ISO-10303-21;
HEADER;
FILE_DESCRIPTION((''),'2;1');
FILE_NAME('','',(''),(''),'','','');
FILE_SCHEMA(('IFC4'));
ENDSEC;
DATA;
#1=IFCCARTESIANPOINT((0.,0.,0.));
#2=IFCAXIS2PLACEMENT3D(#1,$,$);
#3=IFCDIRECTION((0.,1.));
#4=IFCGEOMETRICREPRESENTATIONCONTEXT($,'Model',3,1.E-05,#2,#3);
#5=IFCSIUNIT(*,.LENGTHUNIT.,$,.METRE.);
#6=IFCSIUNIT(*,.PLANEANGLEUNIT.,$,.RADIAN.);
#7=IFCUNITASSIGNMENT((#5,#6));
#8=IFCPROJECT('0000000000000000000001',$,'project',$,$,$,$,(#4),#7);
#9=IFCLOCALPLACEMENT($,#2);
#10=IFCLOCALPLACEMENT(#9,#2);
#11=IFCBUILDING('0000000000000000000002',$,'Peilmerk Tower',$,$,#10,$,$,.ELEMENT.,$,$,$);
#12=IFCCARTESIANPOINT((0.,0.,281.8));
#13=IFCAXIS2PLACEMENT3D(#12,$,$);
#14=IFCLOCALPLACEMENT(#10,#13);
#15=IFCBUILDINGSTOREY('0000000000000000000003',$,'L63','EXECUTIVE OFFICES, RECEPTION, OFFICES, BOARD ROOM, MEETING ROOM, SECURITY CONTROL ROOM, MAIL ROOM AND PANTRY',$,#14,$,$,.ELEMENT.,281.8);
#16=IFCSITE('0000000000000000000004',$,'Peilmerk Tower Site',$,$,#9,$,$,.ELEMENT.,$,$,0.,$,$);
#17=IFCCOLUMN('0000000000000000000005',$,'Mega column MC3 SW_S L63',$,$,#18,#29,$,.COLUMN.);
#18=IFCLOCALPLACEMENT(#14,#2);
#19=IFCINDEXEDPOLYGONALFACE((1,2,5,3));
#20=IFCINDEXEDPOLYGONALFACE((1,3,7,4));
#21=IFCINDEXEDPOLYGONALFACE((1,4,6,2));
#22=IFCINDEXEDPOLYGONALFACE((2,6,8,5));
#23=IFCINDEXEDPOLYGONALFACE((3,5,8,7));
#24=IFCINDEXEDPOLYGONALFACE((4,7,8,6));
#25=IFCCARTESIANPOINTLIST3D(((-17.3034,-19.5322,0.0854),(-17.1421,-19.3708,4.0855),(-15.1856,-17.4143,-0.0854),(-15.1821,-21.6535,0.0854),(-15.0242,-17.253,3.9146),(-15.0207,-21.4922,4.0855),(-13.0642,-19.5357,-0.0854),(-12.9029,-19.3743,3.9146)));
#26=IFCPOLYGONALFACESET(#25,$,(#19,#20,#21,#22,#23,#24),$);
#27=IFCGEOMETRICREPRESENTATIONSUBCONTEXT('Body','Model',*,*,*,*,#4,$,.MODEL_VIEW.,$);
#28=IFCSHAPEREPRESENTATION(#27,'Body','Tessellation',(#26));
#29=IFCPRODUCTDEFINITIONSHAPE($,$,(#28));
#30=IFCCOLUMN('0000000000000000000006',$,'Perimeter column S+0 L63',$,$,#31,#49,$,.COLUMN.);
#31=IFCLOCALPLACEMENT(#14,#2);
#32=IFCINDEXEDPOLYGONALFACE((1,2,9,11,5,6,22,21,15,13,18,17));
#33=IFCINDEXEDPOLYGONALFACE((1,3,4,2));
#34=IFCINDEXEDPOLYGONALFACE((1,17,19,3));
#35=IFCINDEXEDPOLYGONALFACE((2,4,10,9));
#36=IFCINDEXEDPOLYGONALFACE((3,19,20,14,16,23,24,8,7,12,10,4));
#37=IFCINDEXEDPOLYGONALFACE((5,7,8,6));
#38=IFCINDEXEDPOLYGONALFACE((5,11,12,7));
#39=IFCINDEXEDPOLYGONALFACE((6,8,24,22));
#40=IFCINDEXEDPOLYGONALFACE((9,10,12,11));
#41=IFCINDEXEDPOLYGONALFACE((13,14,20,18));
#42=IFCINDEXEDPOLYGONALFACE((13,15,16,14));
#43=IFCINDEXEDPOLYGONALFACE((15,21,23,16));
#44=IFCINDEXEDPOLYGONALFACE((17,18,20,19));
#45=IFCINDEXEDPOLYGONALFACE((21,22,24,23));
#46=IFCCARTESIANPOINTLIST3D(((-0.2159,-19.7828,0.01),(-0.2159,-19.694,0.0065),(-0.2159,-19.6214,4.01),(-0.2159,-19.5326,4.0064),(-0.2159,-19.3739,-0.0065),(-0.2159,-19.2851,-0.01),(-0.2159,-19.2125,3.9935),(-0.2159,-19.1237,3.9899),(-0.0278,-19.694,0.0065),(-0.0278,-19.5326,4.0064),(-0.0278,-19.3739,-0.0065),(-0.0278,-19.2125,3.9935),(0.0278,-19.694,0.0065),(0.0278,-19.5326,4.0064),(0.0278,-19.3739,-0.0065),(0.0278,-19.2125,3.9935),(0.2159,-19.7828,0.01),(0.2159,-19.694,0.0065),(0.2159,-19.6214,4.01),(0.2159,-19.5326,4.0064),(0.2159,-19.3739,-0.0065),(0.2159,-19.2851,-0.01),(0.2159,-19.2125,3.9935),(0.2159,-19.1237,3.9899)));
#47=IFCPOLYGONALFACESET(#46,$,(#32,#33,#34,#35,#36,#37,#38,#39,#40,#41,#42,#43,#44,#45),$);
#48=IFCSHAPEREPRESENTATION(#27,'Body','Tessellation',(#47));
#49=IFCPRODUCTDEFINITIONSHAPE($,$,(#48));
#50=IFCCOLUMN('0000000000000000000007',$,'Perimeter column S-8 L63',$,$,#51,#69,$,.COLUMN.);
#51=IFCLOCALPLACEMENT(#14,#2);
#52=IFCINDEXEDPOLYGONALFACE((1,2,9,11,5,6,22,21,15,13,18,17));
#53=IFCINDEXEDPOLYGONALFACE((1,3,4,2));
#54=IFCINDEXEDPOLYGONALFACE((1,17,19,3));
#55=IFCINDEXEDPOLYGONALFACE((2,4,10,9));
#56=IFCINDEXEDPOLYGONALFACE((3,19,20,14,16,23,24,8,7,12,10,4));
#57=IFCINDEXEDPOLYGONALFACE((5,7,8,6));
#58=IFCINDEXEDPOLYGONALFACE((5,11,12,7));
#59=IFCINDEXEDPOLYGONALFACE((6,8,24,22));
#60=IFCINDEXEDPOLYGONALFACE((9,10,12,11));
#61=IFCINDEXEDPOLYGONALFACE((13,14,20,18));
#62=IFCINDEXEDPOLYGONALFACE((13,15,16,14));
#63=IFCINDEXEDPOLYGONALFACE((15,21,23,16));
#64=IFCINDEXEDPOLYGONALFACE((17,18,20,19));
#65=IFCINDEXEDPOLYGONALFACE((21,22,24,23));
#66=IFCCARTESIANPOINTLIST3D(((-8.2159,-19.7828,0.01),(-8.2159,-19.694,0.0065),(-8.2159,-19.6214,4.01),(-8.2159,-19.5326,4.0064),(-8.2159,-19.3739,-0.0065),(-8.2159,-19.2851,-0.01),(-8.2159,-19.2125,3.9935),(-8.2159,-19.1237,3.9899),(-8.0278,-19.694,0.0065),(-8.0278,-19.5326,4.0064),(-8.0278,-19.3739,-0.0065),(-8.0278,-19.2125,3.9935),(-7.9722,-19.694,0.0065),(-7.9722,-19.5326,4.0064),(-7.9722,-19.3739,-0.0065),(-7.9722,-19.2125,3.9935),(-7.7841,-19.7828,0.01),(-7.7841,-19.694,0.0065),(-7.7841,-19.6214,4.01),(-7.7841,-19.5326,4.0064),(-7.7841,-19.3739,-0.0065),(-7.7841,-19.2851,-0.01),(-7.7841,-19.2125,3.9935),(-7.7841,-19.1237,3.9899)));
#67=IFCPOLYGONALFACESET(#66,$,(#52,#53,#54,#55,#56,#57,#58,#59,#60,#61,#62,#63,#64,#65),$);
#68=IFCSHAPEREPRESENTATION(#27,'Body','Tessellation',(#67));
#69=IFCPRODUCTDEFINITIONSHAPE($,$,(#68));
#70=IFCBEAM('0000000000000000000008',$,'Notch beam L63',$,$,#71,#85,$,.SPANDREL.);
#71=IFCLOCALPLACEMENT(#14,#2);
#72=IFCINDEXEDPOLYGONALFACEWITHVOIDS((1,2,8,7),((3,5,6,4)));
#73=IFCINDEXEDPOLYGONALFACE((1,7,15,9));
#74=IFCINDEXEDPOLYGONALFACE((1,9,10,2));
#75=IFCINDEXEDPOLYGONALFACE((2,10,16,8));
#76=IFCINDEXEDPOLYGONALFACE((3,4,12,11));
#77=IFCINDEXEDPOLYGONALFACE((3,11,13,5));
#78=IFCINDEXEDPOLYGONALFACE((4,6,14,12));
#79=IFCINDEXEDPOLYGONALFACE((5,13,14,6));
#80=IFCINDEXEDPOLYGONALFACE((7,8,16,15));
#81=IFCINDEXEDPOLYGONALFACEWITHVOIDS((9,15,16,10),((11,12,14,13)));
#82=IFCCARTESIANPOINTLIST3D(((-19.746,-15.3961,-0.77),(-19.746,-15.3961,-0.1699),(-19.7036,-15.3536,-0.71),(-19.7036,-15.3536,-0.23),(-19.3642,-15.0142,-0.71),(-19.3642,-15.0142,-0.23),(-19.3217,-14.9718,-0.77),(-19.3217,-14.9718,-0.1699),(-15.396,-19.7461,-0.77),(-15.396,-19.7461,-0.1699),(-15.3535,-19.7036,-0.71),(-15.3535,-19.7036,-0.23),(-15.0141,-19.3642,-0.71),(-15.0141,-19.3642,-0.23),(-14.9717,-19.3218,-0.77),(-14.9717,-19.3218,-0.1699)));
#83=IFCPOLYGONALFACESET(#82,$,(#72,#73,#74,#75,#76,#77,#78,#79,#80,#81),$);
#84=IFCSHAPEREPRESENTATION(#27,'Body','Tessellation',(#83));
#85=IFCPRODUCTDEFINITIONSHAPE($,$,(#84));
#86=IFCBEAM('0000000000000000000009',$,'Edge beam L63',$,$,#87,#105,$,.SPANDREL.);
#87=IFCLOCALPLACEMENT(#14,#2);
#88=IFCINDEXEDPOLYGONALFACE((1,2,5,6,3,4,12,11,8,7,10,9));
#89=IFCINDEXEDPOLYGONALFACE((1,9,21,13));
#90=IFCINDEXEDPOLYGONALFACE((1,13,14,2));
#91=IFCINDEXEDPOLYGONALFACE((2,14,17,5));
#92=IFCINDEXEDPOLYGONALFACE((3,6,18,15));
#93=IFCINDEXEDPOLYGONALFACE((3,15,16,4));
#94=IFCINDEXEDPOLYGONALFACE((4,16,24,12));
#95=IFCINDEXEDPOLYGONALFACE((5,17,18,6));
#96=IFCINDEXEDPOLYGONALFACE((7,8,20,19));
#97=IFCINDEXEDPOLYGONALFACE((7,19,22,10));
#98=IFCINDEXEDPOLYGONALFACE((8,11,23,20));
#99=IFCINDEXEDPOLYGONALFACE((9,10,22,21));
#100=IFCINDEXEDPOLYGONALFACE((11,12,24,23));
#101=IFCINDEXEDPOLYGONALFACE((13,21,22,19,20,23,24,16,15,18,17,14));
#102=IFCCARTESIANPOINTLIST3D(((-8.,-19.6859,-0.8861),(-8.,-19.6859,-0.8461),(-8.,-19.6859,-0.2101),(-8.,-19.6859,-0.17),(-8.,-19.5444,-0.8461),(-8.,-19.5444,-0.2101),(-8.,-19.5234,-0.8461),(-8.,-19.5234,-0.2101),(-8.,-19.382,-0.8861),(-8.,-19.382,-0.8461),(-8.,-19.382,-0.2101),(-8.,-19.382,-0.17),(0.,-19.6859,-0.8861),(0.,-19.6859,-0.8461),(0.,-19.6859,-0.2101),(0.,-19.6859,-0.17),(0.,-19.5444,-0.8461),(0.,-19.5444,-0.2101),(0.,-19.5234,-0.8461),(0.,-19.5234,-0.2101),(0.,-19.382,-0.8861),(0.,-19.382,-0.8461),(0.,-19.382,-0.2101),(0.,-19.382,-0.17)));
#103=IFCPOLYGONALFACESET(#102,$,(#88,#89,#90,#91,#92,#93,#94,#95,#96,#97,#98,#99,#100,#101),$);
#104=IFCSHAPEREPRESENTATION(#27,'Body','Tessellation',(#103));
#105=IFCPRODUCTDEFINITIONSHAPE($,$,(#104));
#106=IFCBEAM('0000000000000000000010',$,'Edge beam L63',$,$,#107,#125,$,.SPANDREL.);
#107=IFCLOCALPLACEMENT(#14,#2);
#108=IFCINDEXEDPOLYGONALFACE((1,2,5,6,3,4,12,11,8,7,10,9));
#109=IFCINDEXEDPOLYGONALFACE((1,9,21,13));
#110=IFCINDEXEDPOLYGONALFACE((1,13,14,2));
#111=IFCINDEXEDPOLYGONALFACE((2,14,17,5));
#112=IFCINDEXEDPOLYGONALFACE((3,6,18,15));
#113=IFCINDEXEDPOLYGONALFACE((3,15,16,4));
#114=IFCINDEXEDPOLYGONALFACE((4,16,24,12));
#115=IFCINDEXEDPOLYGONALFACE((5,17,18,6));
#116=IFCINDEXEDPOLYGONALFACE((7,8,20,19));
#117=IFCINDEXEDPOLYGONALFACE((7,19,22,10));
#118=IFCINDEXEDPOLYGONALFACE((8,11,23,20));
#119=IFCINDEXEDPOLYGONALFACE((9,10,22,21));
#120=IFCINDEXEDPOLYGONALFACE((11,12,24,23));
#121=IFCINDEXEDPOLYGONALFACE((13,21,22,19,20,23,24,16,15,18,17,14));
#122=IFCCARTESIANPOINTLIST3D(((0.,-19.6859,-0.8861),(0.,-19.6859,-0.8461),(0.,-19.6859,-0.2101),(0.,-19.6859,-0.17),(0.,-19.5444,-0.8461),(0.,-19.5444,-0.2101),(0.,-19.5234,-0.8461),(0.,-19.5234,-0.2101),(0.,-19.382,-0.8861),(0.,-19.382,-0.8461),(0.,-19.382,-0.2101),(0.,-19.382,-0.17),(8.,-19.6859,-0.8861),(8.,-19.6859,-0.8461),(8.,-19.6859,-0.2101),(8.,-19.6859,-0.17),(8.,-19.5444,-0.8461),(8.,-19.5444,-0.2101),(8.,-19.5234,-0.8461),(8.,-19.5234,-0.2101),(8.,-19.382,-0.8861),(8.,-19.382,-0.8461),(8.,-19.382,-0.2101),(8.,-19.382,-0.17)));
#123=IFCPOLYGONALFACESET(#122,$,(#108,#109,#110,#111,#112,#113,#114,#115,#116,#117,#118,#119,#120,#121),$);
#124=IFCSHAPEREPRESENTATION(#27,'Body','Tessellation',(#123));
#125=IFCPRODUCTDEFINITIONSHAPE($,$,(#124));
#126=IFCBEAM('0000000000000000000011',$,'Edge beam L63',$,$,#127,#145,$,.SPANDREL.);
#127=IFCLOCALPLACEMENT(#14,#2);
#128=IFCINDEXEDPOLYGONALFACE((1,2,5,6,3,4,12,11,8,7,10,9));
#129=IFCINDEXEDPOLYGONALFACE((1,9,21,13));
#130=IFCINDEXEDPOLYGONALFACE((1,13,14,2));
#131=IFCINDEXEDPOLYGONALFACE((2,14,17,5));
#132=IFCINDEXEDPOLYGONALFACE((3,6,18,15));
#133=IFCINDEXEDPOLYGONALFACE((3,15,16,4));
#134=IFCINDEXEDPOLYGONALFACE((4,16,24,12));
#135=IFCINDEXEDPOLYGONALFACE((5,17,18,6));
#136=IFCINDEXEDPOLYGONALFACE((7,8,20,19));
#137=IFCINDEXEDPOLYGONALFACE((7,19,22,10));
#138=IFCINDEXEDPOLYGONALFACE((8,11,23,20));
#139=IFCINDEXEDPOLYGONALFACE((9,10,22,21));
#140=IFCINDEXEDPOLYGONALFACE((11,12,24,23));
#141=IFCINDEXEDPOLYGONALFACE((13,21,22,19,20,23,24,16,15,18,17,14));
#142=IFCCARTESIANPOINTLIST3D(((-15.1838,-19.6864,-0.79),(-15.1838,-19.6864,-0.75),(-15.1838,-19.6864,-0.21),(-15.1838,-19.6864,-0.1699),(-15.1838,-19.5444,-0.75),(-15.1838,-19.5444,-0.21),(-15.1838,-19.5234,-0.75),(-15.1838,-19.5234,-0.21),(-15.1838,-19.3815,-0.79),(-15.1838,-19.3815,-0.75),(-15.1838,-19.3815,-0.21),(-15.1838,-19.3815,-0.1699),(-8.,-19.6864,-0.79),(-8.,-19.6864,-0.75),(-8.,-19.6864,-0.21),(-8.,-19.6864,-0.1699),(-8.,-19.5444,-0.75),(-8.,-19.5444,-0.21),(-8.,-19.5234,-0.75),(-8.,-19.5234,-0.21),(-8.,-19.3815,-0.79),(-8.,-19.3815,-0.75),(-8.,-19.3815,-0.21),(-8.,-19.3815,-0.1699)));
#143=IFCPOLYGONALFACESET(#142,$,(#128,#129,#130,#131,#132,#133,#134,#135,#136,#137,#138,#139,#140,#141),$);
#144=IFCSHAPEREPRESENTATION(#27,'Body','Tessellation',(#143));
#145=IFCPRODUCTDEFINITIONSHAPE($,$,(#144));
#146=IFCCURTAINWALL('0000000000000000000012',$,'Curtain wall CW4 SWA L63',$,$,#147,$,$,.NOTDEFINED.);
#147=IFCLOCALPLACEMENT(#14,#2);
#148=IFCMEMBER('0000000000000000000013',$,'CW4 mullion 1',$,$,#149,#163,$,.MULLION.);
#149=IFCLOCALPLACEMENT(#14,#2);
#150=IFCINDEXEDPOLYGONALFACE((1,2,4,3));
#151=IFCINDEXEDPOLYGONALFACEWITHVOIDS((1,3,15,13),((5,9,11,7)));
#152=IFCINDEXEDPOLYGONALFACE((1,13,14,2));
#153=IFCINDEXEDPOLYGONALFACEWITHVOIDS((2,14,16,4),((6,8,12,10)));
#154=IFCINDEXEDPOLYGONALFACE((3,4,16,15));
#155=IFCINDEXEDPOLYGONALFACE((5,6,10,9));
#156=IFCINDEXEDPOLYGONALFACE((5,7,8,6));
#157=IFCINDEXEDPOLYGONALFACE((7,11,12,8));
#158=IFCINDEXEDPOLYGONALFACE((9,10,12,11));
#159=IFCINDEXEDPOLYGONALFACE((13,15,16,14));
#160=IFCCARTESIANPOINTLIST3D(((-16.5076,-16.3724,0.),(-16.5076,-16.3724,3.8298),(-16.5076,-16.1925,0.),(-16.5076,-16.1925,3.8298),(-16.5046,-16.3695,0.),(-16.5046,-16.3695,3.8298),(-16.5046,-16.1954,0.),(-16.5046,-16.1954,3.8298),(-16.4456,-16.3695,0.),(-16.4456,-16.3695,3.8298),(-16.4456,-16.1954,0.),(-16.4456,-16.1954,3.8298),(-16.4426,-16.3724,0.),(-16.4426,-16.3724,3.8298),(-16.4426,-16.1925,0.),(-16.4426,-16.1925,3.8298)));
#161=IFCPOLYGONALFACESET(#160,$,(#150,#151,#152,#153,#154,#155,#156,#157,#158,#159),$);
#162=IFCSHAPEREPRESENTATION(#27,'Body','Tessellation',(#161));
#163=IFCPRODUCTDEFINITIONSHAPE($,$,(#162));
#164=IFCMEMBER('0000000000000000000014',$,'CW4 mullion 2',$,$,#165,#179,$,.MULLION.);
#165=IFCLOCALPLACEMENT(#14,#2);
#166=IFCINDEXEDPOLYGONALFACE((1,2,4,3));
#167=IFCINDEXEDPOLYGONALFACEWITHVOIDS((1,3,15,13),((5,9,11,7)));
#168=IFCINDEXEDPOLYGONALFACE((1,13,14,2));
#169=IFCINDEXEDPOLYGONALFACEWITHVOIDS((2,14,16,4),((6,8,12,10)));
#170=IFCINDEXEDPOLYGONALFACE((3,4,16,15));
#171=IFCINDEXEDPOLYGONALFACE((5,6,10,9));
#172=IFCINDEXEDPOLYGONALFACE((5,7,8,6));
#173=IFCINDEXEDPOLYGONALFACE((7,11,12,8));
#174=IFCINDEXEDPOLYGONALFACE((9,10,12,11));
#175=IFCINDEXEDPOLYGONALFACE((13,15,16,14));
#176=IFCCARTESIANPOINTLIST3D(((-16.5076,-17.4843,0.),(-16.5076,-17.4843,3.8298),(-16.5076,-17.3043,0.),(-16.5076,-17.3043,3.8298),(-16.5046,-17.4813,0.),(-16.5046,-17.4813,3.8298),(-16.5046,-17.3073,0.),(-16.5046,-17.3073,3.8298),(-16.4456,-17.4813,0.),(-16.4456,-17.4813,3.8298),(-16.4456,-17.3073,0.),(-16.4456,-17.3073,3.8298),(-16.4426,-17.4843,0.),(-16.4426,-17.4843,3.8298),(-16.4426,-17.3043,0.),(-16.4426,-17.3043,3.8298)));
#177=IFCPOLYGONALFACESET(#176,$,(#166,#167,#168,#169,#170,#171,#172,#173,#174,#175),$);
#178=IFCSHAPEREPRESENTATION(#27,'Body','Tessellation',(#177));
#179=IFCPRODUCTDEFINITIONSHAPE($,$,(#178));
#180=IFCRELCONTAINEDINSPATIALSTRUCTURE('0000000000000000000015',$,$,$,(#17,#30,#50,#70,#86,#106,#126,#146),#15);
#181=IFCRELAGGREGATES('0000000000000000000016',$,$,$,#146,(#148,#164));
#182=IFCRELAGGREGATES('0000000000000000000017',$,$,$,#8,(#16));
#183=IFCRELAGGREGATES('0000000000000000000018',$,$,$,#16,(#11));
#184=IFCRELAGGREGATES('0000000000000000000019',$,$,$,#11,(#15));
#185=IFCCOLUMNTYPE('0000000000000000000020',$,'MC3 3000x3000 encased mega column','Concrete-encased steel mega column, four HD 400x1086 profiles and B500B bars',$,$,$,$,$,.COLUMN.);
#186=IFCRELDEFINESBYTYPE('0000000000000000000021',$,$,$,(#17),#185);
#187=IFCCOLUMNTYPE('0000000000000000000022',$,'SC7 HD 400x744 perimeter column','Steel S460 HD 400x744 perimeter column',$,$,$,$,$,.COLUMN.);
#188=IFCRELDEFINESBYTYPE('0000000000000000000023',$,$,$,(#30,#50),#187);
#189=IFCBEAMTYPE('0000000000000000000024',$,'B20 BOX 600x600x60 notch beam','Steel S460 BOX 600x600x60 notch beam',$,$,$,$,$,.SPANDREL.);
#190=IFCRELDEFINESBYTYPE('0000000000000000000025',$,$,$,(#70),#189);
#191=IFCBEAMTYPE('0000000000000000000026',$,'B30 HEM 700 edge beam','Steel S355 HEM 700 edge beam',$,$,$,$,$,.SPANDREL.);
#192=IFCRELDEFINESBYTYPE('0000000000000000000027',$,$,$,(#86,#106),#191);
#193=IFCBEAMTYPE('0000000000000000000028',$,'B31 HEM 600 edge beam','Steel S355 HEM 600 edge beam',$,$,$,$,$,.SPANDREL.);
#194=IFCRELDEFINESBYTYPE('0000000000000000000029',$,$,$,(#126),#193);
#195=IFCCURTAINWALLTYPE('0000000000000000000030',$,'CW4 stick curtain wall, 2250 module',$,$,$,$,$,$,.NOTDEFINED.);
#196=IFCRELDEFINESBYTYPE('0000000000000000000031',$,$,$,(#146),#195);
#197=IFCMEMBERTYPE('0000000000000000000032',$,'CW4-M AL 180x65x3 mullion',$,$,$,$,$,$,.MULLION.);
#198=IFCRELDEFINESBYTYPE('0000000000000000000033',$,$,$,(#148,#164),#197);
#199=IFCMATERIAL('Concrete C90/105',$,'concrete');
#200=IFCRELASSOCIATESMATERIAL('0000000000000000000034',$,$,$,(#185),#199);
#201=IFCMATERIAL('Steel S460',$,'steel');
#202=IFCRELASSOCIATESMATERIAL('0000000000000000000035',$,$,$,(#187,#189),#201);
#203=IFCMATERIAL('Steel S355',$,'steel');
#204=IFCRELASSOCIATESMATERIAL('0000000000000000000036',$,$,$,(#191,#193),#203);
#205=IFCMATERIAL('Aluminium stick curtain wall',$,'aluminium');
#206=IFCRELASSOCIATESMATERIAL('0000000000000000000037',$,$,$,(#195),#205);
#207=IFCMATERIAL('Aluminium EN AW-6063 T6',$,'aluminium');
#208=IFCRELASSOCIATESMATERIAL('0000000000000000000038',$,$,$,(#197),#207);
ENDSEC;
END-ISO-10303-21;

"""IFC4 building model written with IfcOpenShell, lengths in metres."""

from ifc_helpers import new_model, si_unit, direction, frame, origin, origin_2d, place, context, subcontext, project, spatial, rectangle, hollow_rectangle, i_section, extrude, material, material_profile, profile_set, type_object, element, aggregate, save


model = new_model("IFC4")

# Units and contexts
model_context = context("Model", 3, precision=1e-05, world=origin(), true_north=direction((0.0, 1.0)))
body_context = subcontext(model_context, "Body", "Model", "MODEL_VIEW")
ifc_project = project(units=[si_unit("LENGTHUNIT", "METRE"), si_unit("PLANEANGLEUNIT", "RADIAN")], contexts=[model_context])

# Site, building, storey
site_placement = place(None, origin())
site = spatial("IfcSite", under=ifc_project, at=site_placement, Name="Peilmerk Tower Site", CompositionType="ELEMENT", RefElevation=0.0)
building_placement = place(site_placement, origin())
building = spatial("IfcBuilding", under=site, at=building_placement, Name="Peilmerk Tower", CompositionType="ELEMENT")
storey_placement = place(building_placement, frame((0.0, 0.0, 281.8)))
storey = spatial("IfcBuildingStorey", under=building, at=storey_placement, Name="L63", Description="EXECUTIVE OFFICES, RECEPTION, OFFICES, BOARD ROOM, MEETING ROOM, SECURITY CONTROL ROOM, MAIL ROOM AND PANTRY", CompositionType="ELEMENT", Elevation=281.8)

# Columns
ifc_material_1 = material(Name="Concrete C90/105", Category="concrete")
ifc_material_profile_1 = material_profile(ifc_material_1, rectangle(XDim=3.0, YDim=3.0, at=origin_2d()), Name="RC 3000x3000")
ifc_profile_set_1 = profile_set([ifc_material_profile_1], Name="Concrete C90/105")
column_type_1 = type_object("IfcColumnType", Name="MC3 3000x3000 encased mega column", Description="Concrete-encased steel mega column, four HD 400x1086 profiles and B500B bars", PredefinedType="COLUMN", material=ifc_profile_set_1)
column_placement = place(storey_placement, frame((-15.1838, -19.5339, 0.0), z_axis=(0.040279, 0.040279, 0.998376), x_axis=(-0.707107, 0.707107, 0.0)))
element("IfcColumn", 1, at=column_placement, inside=storey, type_object=column_type_1, Name="Mega column MC3 SW_S L63", PredefinedType="COLUMN", context=body_context, shape_type="SweptSolid", body=[
    extrude(rectangle(XDim=3.0, YDim=3.0, at=origin_2d()), origin(), (0.0, 0.0, 1.0), 4.0066),
])
ifc_material_2 = material(Name="Steel S460", Category="steel")
ifc_material_profile_2 = material_profile(ifc_material_2, i_section(OverallWidth=0.4319, OverallDepth=0.498, WebThickness=0.0557, FlangeThickness=0.0889, at=origin_2d()), Name="HD 400x744")
ifc_profile_set_2 = profile_set([ifc_material_profile_2], Name="Steel S460")
column_type_2 = type_object("IfcColumnType", Name="SC7 HD 400x744 perimeter column", Description="Steel S460 HD 400x744 perimeter column", PredefinedType="COLUMN", material=ifc_profile_set_2)
for number, where, z_axis, x_axis, name in (
    (2, (0.0, -19.5339, 0.0), (0.0, 0.040311, 0.999187), (-1.0, 0.0, 0.0), "Perimeter column S+0 L63"),
    (3, (-8.0, -19.5339, 0.0), (0.0, 0.040311, 0.999187), (-1.0, 0.0, 0.0), "Perimeter column S-8 L63"),
):
    element("IfcColumn", number, at=place(storey_placement, frame(where, z_axis=z_axis, x_axis=x_axis)), inside=storey, type_object=column_type_2, Name=name, PredefinedType="COLUMN", context=body_context, shape_type="SweptSolid", body=[
        extrude(i_section(OverallWidth=0.4319, OverallDepth=0.498, WebThickness=0.0557, FlangeThickness=0.0889, at=origin_2d()), origin(), (0.0, 0.0, 1.0), 4.0032),
    ])

# Beams
ifc_material_profile_3 = material_profile(ifc_material_2, hollow_rectangle(XDim=0.6001, YDim=0.6001, WallThickness=0.0601, at=origin_2d()), Name="BOX 600x600x60")
ifc_profile_set_3 = profile_set([ifc_material_profile_3], Name="Steel S460")
beam_type_1 = type_object("IfcBeamType", Name="B20 BOX 600x600x60 notch beam", Description="Steel S460 BOX 600x600x60 notch beam", PredefinedType="SPANDREL", material=ifc_profile_set_3)
beam_1_placement = place(storey_placement, frame((-15.1838, -19.5339, -0.47), z_axis=(-0.707107, 0.707107, 0.0), x_axis=(-0.707107, -0.707107, 0.0)))
element("IfcBeam", 4, at=beam_1_placement, inside=storey, type_object=beam_type_1, Name="Notch beam L63", PredefinedType="SPANDREL", context=body_context, shape_type="SweptSolid", body=[
    extrude(hollow_rectangle(XDim=0.6001, YDim=0.6001, WallThickness=0.0601, at=origin_2d()), origin(), (0.0, 0.0, 1.0), 6.1519),
])
ifc_material_3 = material(Name="Steel S355", Category="steel")
ifc_material_profile_4 = material_profile(ifc_material_3, i_section(OverallWidth=0.304, OverallDepth=0.7161, WebThickness=0.021, FlangeThickness=0.04, at=origin_2d()), Name="HEM 700")
ifc_profile_set_4 = profile_set([ifc_material_profile_4], Name="Steel S355")
beam_type_2 = type_object("IfcBeamType", Name="B30 HEM 700 edge beam", Description="Steel S355 HEM 700 edge beam", PredefinedType="SPANDREL", material=ifc_profile_set_4)
for number, where, z_axis, x_axis, name in (
    (5, (-8.0, -19.5339, -0.5281), (1.0, 0.0, 0.0), (0.0, 1.0, 0.0), "Edge beam L63"),
    (6, (0.0, -19.5339, -0.5281), (1.0, 0.0, 0.0), (0.0, 1.0, 0.0), "Edge beam L63"),
):
    element("IfcBeam", number, at=place(storey_placement, frame(where, z_axis=z_axis, x_axis=x_axis)), inside=storey, type_object=beam_type_2, Name=name, PredefinedType="SPANDREL", context=body_context, shape_type="SweptSolid", body=[
        extrude(i_section(OverallWidth=0.304, OverallDepth=0.7161, WebThickness=0.021, FlangeThickness=0.04, at=origin_2d()), origin(), (0.0, 0.0, 1.0), 8.0),
    ])
ifc_material_profile_5 = material_profile(ifc_material_3, i_section(OverallWidth=0.3049, OverallDepth=0.6201, WebThickness=0.021, FlangeThickness=0.04, at=origin_2d()), Name="HEM 600")
ifc_profile_set_5 = profile_set([ifc_material_profile_5], Name="Steel S355")
beam_type_3 = type_object("IfcBeamType", Name="B31 HEM 600 edge beam", Description="Steel S355 HEM 600 edge beam", PredefinedType="SPANDREL", material=ifc_profile_set_5)
beam_2_placement = place(storey_placement, frame((-15.1838, -19.5339, -0.48), z_axis=(1.0, 0.0, 0.0), x_axis=(0.0, 1.0, 0.0)))
element("IfcBeam", 7, at=beam_2_placement, inside=storey, type_object=beam_type_3, Name="Edge beam L63", PredefinedType="SPANDREL", context=body_context, shape_type="SweptSolid", body=[
    extrude(i_section(OverallWidth=0.3049, OverallDepth=0.6201, WebThickness=0.021, FlangeThickness=0.04, at=origin_2d()), origin(), (0.0, 0.0, 1.0), 7.1838),
])

# Curtain wall, members
ifc_material_4 = material(Name="Aluminium stick curtain wall", Category="aluminium")
curtain_wall_type = type_object("IfcCurtainWallType", Name="CW4 stick curtain wall, 2250 module", PredefinedType="NOTDEFINED", material=ifc_material_4)
curtain_wall_placement = place(storey_placement, origin())
curtain_wall = element("IfcCurtainWall", 8, at=curtain_wall_placement, inside=storey, type_object=curtain_wall_type, Name="Curtain wall CW4 SWA L63", PredefinedType="NOTDEFINED")
ifc_material_5 = material(Name="Aluminium EN AW-6063 T6", Category="aluminium")
ifc_material_profile_6 = material_profile(ifc_material_5, hollow_rectangle(XDim=0.0649, YDim=0.1799, WallThickness=0.0029, at=origin_2d()), Name="AL 180x65x3")
ifc_profile_set_6 = profile_set([ifc_material_profile_6], Name="Aluminium EN AW-6063 T6")
member_type_1 = type_object("IfcMemberType", Name="CW4-M AL 180x65x3 mullion", PredefinedType="MULLION", material=ifc_profile_set_6)
member_1_placement = place(storey_placement, frame((-16.4751, -16.2825, 0.0), z_axis=(0.0, 0.0, 1.0), x_axis=(1.0, 0.0, 0.0)))
member_1 = element("IfcMember", 9, at=member_1_placement, type_object=member_type_1, Name="CW4 mullion 1", PredefinedType="MULLION", context=body_context, shape_type="SweptSolid", body=[
    extrude(hollow_rectangle(XDim=0.0649, YDim=0.1799, WallThickness=0.0029, at=origin_2d()), origin(), (0.0, 0.0, 1.0), 3.8298),
])
member_2_placement = place(storey_placement, frame((-16.4751, -17.3943, 0.0), z_axis=(0.0, 0.0, 1.0), x_axis=(1.0, 0.0, 0.0)))
member_2 = element("IfcMember", 10, at=member_2_placement, type_object=member_type_1, Name="CW4 mullion 2", PredefinedType="MULLION", context=body_context, shape_type="SweptSolid", body=[
    extrude(hollow_rectangle(XDim=0.0649, YDim=0.1799, WallThickness=0.0029, at=origin_2d()), origin(), (0.0, 0.0, 1.0), 3.8298),
])
aggregate(curtain_wall, [member_1, member_2])

save(model, "model.ifc")
